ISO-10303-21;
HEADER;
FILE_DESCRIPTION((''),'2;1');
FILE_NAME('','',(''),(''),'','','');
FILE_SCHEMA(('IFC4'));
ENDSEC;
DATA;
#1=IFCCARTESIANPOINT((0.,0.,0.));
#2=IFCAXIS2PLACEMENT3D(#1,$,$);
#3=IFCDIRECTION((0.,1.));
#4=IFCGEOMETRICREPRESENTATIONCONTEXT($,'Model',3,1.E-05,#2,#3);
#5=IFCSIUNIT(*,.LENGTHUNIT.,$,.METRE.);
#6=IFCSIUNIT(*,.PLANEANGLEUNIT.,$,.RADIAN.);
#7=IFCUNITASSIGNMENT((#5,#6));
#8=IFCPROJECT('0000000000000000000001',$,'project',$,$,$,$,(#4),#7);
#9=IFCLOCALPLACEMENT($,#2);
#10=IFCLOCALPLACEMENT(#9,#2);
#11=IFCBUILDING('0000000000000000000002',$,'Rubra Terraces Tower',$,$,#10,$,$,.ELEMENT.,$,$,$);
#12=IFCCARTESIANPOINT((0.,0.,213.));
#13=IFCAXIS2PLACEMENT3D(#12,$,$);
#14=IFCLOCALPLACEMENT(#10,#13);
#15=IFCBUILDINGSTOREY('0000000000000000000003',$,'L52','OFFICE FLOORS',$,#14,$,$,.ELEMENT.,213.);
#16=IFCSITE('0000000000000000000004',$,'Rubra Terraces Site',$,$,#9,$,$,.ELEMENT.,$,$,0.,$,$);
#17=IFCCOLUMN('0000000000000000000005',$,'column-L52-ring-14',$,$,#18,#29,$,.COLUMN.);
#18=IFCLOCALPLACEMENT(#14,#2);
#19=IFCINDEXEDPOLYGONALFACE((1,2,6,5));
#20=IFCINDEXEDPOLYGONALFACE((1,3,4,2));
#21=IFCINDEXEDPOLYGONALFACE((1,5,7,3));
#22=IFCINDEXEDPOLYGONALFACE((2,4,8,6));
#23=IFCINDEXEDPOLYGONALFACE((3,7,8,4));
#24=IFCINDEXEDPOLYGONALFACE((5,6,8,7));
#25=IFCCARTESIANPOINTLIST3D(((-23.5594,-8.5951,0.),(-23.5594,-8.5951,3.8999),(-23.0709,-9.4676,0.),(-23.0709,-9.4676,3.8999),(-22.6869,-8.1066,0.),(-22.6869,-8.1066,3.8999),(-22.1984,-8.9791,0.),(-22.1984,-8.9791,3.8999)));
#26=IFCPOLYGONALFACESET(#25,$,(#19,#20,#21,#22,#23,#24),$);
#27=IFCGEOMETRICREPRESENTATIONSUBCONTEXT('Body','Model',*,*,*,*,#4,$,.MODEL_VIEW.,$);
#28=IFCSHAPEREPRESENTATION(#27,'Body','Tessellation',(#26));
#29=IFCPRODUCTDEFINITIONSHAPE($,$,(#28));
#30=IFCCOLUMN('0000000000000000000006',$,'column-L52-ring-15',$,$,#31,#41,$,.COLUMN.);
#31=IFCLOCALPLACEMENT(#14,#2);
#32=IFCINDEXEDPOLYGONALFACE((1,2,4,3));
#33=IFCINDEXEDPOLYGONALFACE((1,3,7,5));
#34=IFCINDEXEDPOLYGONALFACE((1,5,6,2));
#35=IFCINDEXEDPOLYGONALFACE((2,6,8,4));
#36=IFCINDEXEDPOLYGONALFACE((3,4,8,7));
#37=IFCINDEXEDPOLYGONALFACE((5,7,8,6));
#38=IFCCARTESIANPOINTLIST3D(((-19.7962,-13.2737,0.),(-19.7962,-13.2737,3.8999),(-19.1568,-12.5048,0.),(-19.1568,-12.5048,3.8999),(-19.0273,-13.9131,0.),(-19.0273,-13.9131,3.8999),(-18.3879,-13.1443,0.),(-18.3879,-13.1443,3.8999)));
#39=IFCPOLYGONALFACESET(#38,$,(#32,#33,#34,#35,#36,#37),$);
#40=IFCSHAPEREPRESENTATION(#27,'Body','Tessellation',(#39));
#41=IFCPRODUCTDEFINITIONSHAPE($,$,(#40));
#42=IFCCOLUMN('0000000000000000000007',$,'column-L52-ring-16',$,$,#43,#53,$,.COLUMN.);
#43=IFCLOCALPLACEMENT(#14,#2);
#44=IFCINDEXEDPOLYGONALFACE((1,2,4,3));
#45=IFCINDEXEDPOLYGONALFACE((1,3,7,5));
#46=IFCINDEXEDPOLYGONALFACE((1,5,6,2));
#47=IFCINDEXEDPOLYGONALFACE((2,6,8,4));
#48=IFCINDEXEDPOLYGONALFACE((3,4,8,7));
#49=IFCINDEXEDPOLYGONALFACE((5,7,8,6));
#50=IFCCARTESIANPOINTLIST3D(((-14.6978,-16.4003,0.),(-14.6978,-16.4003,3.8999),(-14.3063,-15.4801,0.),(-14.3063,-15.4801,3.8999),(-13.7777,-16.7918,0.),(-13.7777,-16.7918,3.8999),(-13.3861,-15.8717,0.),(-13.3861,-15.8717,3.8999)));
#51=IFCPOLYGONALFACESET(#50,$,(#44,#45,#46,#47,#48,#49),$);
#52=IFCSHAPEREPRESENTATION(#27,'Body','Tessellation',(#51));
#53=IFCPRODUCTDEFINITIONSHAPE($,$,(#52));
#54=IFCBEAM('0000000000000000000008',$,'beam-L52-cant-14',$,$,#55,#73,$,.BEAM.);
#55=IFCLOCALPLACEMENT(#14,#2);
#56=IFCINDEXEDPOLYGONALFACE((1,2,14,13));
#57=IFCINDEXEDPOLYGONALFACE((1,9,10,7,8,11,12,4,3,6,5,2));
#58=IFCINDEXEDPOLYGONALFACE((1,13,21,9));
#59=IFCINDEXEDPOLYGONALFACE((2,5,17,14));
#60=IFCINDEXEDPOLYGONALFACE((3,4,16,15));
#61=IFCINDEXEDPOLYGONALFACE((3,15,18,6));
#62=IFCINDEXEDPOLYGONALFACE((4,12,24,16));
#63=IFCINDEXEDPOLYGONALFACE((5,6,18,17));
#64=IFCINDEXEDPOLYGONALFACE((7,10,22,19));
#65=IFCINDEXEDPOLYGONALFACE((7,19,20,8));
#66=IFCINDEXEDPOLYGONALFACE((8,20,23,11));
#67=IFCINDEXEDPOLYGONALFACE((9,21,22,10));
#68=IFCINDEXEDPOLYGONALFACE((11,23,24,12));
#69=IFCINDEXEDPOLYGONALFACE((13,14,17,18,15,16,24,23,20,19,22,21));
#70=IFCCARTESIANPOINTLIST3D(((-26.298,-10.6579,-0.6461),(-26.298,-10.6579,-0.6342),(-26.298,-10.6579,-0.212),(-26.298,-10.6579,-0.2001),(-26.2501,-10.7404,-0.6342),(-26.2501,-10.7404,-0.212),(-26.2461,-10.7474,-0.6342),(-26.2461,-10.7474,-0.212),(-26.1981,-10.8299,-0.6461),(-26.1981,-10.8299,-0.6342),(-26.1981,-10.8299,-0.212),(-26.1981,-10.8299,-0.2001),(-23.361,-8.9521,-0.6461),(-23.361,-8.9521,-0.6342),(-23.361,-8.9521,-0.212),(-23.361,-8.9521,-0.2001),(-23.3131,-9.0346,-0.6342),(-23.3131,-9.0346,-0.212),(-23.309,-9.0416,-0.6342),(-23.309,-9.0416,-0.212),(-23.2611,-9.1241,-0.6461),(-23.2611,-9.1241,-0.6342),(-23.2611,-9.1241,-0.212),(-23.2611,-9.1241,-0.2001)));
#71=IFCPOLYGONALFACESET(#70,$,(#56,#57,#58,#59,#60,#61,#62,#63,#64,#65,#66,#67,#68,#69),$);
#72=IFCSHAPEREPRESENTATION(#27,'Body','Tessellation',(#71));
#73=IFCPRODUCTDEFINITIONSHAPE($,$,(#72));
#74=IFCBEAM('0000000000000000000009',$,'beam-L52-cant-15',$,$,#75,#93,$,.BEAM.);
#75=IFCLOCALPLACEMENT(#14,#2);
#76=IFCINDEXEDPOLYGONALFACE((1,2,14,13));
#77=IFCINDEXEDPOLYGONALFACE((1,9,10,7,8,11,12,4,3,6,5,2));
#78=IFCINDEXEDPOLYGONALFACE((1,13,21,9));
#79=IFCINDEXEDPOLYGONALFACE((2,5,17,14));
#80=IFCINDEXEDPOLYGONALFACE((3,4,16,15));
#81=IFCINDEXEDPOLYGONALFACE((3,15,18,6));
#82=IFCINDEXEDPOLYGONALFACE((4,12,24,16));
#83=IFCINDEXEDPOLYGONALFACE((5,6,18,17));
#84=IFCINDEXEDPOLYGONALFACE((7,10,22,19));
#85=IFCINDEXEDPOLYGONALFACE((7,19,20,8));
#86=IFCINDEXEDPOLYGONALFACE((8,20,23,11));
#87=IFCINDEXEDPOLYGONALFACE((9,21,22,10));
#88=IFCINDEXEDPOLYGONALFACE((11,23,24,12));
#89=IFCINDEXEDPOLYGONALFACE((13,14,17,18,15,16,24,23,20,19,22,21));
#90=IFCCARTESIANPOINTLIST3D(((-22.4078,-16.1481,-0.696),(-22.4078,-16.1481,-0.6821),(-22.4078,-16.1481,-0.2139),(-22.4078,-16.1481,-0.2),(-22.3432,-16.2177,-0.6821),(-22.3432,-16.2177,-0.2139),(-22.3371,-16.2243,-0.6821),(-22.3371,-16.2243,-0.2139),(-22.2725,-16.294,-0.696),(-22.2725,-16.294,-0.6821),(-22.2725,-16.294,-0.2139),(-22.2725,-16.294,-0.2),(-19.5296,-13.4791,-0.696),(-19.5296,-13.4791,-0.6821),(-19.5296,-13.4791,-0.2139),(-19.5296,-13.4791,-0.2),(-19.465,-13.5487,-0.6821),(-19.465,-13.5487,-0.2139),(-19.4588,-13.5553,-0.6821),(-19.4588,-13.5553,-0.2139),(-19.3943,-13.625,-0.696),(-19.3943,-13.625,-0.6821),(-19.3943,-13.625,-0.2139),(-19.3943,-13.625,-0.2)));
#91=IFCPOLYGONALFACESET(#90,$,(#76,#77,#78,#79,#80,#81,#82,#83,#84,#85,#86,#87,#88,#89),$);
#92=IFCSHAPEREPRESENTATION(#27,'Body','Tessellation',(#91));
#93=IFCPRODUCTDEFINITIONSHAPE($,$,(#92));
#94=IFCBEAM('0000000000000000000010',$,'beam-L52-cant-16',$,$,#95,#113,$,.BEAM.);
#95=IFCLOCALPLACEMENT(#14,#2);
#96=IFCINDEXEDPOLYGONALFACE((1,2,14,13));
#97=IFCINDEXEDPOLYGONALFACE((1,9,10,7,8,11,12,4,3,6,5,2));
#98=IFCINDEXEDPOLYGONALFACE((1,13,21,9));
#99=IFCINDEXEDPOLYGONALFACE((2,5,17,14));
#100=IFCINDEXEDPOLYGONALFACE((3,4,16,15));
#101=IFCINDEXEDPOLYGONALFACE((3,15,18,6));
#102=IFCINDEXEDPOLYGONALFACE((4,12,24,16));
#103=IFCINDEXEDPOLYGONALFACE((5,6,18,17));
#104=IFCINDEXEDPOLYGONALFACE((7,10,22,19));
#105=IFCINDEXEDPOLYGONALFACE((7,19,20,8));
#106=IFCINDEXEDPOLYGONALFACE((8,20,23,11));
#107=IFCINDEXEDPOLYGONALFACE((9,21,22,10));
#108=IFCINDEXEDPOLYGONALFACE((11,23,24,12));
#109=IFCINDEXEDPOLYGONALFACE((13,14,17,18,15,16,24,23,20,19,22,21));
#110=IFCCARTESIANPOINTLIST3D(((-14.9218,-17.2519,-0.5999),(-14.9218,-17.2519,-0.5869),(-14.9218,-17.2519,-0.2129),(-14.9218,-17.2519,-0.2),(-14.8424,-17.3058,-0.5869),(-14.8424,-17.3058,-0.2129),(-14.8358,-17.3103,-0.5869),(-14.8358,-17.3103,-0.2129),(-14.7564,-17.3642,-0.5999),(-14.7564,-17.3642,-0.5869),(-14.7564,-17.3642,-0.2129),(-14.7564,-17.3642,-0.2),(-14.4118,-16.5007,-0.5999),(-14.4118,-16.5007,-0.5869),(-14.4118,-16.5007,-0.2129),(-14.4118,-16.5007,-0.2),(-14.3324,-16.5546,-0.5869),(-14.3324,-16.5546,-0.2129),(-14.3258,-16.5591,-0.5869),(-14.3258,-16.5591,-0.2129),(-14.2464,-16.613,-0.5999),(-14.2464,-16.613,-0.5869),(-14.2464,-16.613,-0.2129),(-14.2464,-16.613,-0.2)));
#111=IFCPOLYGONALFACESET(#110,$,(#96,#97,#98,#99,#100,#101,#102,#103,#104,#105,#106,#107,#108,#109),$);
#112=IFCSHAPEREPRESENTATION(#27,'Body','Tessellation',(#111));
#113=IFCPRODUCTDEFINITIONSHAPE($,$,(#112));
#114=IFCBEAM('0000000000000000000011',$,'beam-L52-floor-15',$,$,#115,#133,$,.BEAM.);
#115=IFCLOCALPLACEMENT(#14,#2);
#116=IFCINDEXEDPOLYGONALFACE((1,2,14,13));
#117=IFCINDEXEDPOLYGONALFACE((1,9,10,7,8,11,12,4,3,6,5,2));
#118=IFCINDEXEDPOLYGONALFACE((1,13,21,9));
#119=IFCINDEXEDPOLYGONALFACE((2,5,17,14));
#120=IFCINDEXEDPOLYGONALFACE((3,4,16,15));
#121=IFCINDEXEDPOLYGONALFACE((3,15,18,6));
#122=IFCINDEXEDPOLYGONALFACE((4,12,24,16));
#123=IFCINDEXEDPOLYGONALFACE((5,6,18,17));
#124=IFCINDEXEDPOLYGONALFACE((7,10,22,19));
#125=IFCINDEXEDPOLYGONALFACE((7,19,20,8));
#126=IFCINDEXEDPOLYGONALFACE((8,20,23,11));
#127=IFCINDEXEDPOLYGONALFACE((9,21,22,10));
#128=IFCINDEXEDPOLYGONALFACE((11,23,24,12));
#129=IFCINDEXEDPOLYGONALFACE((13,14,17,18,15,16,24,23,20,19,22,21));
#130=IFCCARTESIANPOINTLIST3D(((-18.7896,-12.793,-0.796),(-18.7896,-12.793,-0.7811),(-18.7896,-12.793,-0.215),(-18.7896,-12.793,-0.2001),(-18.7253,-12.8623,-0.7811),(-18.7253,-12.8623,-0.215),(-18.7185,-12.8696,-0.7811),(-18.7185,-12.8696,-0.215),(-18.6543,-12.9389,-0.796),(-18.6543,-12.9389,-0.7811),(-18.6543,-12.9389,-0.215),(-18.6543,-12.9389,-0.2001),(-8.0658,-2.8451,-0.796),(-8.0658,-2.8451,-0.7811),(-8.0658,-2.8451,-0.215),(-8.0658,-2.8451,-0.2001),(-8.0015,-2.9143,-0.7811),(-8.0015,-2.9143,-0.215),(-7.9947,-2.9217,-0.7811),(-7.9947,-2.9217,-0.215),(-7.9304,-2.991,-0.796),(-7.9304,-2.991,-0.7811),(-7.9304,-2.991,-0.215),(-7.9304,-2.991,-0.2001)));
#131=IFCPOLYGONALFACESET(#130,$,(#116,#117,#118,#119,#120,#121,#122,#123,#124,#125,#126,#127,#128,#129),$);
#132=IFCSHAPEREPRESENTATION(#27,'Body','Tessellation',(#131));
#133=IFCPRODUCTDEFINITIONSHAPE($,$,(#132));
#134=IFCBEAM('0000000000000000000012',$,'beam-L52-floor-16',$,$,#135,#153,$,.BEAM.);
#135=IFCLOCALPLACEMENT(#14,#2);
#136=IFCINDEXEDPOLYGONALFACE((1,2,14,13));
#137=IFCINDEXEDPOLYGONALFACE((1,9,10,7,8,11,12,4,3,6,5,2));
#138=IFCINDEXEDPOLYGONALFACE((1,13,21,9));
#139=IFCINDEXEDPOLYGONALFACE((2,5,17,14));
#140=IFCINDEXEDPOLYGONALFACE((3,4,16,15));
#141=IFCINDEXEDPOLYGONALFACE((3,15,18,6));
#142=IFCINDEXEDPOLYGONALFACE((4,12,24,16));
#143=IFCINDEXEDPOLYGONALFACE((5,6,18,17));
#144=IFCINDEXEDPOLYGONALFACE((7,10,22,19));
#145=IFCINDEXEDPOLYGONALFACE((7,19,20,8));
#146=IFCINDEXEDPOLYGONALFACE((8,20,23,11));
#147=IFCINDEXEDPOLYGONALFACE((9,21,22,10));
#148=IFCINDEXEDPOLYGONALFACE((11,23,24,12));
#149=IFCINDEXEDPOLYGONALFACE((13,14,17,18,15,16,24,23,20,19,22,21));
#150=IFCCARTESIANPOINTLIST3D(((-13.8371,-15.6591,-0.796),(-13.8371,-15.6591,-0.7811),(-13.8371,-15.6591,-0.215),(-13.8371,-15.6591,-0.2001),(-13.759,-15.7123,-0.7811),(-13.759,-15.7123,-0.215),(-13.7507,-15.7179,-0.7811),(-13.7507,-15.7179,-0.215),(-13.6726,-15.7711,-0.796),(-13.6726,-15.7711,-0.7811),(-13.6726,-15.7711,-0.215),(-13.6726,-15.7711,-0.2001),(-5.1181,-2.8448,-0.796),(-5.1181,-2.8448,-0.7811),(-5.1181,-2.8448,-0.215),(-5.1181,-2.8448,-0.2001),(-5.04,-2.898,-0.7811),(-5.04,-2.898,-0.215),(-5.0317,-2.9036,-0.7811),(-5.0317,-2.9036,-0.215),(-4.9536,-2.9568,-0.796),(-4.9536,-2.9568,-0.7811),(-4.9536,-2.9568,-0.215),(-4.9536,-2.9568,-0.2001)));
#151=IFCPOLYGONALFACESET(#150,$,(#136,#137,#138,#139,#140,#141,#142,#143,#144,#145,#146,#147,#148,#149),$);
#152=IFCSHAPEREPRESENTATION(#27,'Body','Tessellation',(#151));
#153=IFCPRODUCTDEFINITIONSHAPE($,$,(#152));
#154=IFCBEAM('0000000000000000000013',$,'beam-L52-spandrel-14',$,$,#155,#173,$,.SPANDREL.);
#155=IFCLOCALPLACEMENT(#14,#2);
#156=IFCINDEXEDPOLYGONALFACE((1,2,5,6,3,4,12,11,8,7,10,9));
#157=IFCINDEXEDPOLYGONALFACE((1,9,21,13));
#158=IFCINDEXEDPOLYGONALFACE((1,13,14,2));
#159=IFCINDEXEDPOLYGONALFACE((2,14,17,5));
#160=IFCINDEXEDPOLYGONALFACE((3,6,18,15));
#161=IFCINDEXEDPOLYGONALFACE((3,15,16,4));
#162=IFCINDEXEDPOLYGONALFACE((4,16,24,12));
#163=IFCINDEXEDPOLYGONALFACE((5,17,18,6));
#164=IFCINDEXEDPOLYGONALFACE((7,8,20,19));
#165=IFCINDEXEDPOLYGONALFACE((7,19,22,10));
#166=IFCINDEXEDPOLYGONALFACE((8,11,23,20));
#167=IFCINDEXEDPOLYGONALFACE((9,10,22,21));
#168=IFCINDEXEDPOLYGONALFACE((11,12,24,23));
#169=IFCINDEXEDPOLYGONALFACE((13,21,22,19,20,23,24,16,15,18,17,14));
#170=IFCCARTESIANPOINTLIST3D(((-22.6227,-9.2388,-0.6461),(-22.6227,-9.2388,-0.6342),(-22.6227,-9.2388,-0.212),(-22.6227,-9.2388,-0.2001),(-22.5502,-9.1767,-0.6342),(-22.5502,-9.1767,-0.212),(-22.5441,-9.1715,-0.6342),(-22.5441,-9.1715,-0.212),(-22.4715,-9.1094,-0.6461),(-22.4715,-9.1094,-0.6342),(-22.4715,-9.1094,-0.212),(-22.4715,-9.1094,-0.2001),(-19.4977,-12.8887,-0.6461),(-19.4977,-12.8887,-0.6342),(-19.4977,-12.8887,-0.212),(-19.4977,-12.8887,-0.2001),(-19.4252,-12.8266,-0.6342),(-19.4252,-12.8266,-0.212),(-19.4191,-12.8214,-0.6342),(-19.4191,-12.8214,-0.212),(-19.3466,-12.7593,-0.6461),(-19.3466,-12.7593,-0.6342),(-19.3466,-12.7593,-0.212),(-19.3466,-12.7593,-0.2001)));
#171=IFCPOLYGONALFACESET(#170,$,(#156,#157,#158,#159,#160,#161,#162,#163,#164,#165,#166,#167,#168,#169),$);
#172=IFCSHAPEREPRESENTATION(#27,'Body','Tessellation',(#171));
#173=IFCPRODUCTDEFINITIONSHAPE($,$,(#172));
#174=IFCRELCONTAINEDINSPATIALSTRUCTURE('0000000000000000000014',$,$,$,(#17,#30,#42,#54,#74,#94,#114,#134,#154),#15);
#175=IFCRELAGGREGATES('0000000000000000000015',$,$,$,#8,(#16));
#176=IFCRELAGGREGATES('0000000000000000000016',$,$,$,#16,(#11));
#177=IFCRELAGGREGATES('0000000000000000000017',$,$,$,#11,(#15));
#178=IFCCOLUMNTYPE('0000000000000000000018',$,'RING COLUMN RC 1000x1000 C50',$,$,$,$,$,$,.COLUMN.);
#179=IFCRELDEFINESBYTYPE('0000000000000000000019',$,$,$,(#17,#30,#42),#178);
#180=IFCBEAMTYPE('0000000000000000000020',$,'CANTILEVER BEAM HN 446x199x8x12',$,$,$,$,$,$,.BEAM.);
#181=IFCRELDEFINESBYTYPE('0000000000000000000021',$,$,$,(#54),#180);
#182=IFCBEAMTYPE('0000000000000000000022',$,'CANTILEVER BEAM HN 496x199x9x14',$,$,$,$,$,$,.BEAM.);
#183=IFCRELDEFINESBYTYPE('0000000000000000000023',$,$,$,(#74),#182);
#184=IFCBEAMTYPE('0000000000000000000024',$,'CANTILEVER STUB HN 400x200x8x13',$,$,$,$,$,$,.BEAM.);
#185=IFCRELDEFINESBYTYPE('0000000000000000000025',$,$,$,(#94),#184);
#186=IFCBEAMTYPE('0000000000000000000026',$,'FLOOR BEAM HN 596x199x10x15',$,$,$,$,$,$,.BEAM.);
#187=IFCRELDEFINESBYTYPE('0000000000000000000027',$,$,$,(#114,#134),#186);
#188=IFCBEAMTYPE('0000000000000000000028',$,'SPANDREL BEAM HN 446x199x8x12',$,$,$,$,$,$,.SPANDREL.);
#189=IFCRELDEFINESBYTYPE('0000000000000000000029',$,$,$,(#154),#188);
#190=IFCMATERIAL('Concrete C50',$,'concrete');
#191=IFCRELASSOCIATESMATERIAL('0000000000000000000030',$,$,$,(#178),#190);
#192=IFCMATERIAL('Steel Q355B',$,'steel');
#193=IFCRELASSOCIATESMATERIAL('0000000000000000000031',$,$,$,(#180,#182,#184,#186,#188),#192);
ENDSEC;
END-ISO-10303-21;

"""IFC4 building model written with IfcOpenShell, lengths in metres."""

from ifc_helpers import new_model, si_unit, direction, frame, origin, origin_2d, place, context, subcontext, project, spatial, rectangle, i_section, extrude, material, material_profile, profile_set, type_object, element, save


model = new_model("IFC4")

# Units and contexts
model_context = context("Model", 3, precision=1e-05, world=origin(), true_north=direction((0.0, 1.0)))
body_context = subcontext(model_context, "Body", "Model", "MODEL_VIEW")
ifc_project = project(units=[si_unit("LENGTHUNIT", "METRE"), si_unit("PLANEANGLEUNIT", "RADIAN")], contexts=[model_context])

# Site, building, storey
site_placement = place(None, origin())
site = spatial("IfcSite", under=ifc_project, at=site_placement, Name="Rubra Terraces Site", CompositionType="ELEMENT", RefElevation=0.0)
building_placement = place(site_placement, origin())
building = spatial("IfcBuilding", under=site, at=building_placement, Name="Rubra Terraces Tower", CompositionType="ELEMENT")
storey_placement = place(building_placement, frame((0.0, 0.0, 213.0)))
storey = spatial("IfcBuildingStorey", under=building, at=storey_placement, Name="L52", Description="OFFICE FLOORS", CompositionType="ELEMENT", Elevation=213.0)

# Columns
ifc_material_1 = material(Name="Concrete C50", Category="concrete")
ifc_material_profile_1 = material_profile(ifc_material_1, rectangle(XDim=1.0, YDim=1.0, at=origin_2d()), Name="RC 1000x1000")
ifc_profile_set_1 = profile_set([ifc_material_profile_1], Name="Concrete C50")
column_type = type_object("IfcColumnType", Name="RING COLUMN RC 1000x1000 C50", PredefinedType="COLUMN", material=ifc_profile_set_1)
for number, where, z_axis, x_axis, name in (
    (1, (-22.8789, -8.7871, 0.0), (0.0, 0.0, 1.0), (0.488526, -0.872549, 0.0), "column-L52-ring-14"),
    (2, (-19.092, -13.209, 0.0), (0.0, 0.0, 1.0), (0.76887, -0.639405, 0.0), "column-L52-ring-15"),
    (3, (-14.042, -16.136, 0.0), (0.0, 0.0, 1.0), (0.920168, -0.391524, 0.0), "column-L52-ring-16"),
):
    element("IfcColumn", number, at=place(storey_placement, frame(where, z_axis=z_axis, x_axis=x_axis)), inside=storey, type_object=column_type, Name=name, PredefinedType="COLUMN", context=body_context, shape_type="SweptSolid", body=[
        extrude(rectangle(XDim=1.0, YDim=1.0, at=origin_2d()), origin(), (0.0, 0.0, 1.0), 3.8999),
    ])

# Beams
ifc_material_2 = material(Name="Steel Q355B", Category="steel")
ifc_material_profile_2 = material_profile(ifc_material_2, i_section(OverallWidth=0.199, OverallDepth=0.446, WebThickness=0.0081, FlangeThickness=0.012, at=origin_2d()), Name="HN 446x199x8x12")
ifc_profile_set_2 = profile_set([ifc_material_profile_2], Name="Steel Q355B")
beam_type_1 = type_object("IfcBeamType", Name="CANTILEVER BEAM HN 446x199x8x12", PredefinedType="BEAM", material=ifc_profile_set_2)
beam_1_placement = place(storey_placement, frame((-23.311, -9.0381, -0.4231), z_axis=(-0.864732, -0.502234, 0.0), x_axis=(0.502234, -0.864732, 0.0)))
element("IfcBeam", 4, at=beam_1_placement, inside=storey, type_object=beam_type_1, Name="beam-L52-cant-14", PredefinedType="BEAM", context=body_context, shape_type="SweptSolid", body=[
    extrude(i_section(OverallWidth=0.199, OverallDepth=0.446, WebThickness=0.0081, FlangeThickness=0.012, at=origin_2d()), origin(), (0.0, 0.0, 1.0), 3.3965),
])
ifc_material_profile_3 = material_profile(ifc_material_2, i_section(OverallWidth=0.199, OverallDepth=0.4961, WebThickness=0.009, FlangeThickness=0.0139, at=origin_2d()), Name="HN 496x199x9x14")
ifc_profile_set_3 = profile_set([ifc_material_profile_3], Name="Steel Q355B")
beam_type_2 = type_object("IfcBeamType", Name="CANTILEVER BEAM HN 496x199x9x14", PredefinedType="BEAM", material=ifc_profile_set_3)
beam_2_placement = place(storey_placement, frame((-19.4619, -13.552, -0.448), z_axis=(-0.733256, -0.679952, 0.0), x_axis=(0.679952, -0.733256, 0.0)))
element("IfcBeam", 5, at=beam_2_placement, inside=storey, type_object=beam_type_2, Name="beam-L52-cant-15", PredefinedType="BEAM", context=body_context, shape_type="SweptSolid", body=[
    extrude(i_section(OverallWidth=0.199, OverallDepth=0.4961, WebThickness=0.009, FlangeThickness=0.0139, at=origin_2d()), origin(), (0.0, 0.0, 1.0), 3.9253),
])
ifc_material_profile_4 = material_profile(ifc_material_2, i_section(OverallWidth=0.2, OverallDepth=0.3999, WebThickness=0.0081, FlangeThickness=0.0129, at=origin_2d()), Name="HN 400x200x8x13")
ifc_profile_set_4 = profile_set([ifc_material_profile_4], Name="Steel Q355B")
beam_type_3 = type_object("IfcBeamType", Name="CANTILEVER STUB HN 400x200x8x13", PredefinedType="BEAM", material=ifc_profile_set_4)
beam_3_placement = place(storey_placement, frame((-14.3291, -16.5569, -0.3999), z_axis=(-0.561692, -0.827346, 0.0), x_axis=(0.827346, -0.561692, 0.0)))
element("IfcBeam", 6, at=beam_3_placement, inside=storey, type_object=beam_type_3, Name="beam-L52-cant-16", PredefinedType="BEAM", context=body_context, shape_type="SweptSolid", body=[
    extrude(i_section(OverallWidth=0.2, OverallDepth=0.3999, WebThickness=0.0081, FlangeThickness=0.0129, at=origin_2d()), origin(), (0.0, 0.0, 1.0), 0.908),
])
ifc_material_profile_5 = material_profile(ifc_material_2, i_section(OverallWidth=0.199, OverallDepth=0.5959, WebThickness=0.01, FlangeThickness=0.0149, at=origin_2d()), Name="HN 596x199x10x15")
ifc_profile_set_5 = profile_set([ifc_material_profile_5], Name="Steel Q355B")
beam_type_4 = type_object("IfcBeamType", Name="FLOOR BEAM HN 596x199x10x15", PredefinedType="BEAM", material=ifc_profile_set_5)
beam_4_placement = place(storey_placement, frame((-18.7219, -12.866, -0.498), z_axis=(0.73313, 0.680088, 0.0), x_axis=(-0.680088, 0.73313, 0.0)))
element("IfcBeam", 7, at=beam_4_placement, inside=storey, type_object=beam_type_4, Name="beam-L52-floor-15", PredefinedType="BEAM", context=body_context, shape_type="SweptSolid", body=[
    extrude(i_section(OverallWidth=0.199, OverallDepth=0.5959, WebThickness=0.01, FlangeThickness=0.0149, at=origin_2d()), origin(), (0.0, 0.0, 1.0), 14.6274),
])
beam_5_placement = place(storey_placement, frame((-13.7549, -15.7151, -0.498), z_axis=(0.562545, 0.826767, 0.0), x_axis=(-0.826767, 0.562545, 0.0)))
element("IfcBeam", 8, at=beam_5_placement, inside=storey, type_object=beam_type_4, Name="beam-L52-floor-16", PredefinedType="BEAM", context=body_context, shape_type="SweptSolid", body=[
    extrude(i_section(OverallWidth=0.199, OverallDepth=0.5959, WebThickness=0.01, FlangeThickness=0.0149, at=origin_2d()), origin(), (0.0, 0.0, 1.0), 15.4993),
])
ifc_material_profile_6 = material_profile(ifc_material_2, i_section(OverallWidth=0.199, OverallDepth=0.446, WebThickness=0.0081, FlangeThickness=0.012, at=origin_2d()), Name="HN 446x199x8x12")
ifc_profile_set_6 = profile_set([ifc_material_profile_6], Name="Steel Q355B")
beam_type_5 = type_object("IfcBeamType", Name="SPANDREL BEAM HN 446x199x8x12", PredefinedType="SPANDREL", material=ifc_profile_set_6)
beam_6_placement = place(storey_placement, frame((-22.5471, -9.1741, -0.4231), z_axis=(0.650373, -0.759615, 0.0), x_axis=(0.759615, 0.650373, 0.0)))
element("IfcBeam", 9, at=beam_6_placement, inside=storey, type_object=beam_type_5, Name="beam-L52-spandrel-14", PredefinedType="SPANDREL", context=body_context, shape_type="SweptSolid", body=[
    extrude(i_section(OverallWidth=0.199, OverallDepth=0.446, WebThickness=0.0081, FlangeThickness=0.012, at=origin_2d()), origin(), (0.0, 0.0, 1.0), 4.8049),
])

save(model, "model.ifc")
